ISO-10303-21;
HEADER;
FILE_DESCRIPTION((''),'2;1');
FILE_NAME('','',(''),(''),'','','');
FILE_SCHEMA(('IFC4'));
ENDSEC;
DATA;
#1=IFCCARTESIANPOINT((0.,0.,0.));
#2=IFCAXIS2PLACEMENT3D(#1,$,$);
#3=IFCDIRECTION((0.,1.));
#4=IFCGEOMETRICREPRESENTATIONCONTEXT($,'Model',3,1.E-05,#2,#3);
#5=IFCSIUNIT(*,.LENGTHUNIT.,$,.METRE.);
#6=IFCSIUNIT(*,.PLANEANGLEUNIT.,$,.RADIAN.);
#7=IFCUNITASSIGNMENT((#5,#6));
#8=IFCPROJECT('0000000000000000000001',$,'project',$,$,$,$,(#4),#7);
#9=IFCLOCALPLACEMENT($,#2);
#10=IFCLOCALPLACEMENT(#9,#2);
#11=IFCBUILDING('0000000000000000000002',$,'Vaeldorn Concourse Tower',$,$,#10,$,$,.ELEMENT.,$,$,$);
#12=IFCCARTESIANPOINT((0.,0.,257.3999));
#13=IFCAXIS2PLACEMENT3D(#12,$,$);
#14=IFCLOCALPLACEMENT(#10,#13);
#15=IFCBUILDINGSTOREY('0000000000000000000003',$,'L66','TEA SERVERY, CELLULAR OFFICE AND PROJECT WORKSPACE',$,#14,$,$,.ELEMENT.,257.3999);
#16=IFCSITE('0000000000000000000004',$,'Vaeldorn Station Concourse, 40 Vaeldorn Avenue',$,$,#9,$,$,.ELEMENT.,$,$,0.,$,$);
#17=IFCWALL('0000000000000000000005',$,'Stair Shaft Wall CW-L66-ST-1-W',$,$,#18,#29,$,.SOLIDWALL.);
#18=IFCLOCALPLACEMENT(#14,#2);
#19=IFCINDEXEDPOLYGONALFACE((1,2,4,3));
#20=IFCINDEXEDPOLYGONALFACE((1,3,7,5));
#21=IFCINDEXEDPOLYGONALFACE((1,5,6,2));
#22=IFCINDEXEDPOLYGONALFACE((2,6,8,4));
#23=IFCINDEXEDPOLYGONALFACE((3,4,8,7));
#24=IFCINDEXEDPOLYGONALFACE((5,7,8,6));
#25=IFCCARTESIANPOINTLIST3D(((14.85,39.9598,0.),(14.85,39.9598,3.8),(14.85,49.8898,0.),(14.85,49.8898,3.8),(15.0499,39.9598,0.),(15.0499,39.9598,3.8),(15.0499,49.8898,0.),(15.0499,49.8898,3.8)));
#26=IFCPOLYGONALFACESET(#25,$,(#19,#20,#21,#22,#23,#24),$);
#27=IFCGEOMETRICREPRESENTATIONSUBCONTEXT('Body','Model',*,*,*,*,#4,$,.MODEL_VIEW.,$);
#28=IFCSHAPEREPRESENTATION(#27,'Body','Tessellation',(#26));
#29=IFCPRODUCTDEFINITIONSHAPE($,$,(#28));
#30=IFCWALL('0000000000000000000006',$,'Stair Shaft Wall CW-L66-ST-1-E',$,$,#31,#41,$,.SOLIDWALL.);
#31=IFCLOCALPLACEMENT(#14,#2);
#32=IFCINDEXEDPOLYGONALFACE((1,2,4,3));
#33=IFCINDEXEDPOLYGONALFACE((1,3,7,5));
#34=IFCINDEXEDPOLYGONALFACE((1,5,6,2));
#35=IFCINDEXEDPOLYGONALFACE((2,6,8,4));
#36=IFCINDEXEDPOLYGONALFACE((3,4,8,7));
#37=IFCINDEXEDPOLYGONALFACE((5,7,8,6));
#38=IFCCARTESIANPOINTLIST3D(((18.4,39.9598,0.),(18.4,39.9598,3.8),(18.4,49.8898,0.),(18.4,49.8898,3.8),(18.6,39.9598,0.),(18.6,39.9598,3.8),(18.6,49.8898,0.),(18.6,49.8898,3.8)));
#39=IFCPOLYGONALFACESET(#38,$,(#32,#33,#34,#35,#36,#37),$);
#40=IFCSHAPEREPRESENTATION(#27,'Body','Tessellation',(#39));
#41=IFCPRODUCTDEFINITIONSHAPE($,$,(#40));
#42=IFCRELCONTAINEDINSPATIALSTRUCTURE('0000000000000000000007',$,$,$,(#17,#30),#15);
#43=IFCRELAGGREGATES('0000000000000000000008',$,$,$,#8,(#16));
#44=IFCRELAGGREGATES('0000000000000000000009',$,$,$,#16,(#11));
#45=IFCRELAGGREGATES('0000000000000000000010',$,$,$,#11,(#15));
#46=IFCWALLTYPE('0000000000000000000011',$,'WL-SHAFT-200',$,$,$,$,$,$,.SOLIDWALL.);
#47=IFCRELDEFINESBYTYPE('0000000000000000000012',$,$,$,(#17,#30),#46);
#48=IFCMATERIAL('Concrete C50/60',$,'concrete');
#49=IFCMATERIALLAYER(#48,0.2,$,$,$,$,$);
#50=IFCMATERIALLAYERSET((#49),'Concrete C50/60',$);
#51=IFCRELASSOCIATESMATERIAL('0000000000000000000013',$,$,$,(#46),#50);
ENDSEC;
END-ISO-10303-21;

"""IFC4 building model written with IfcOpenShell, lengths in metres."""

from ifc_helpers import new_model, si_unit, direction, frame, frame_2d, origin, place, context, subcontext, project, spatial, rectangle, extrude, material, layer, layer_set, type_object, element, save


model = new_model("IFC4")

# Units and contexts
model_context = context("Model", 3, precision=1e-05, world=origin(), true_north=direction((0.0, 1.0)))
body_context = subcontext(model_context, "Body", "Model", "MODEL_VIEW")
ifc_project = project(units=[si_unit("LENGTHUNIT", "METRE"), si_unit("PLANEANGLEUNIT", "RADIAN")], contexts=[model_context])

# Site, building, storey
site_placement = place(None, origin())
site = spatial("IfcSite", under=ifc_project, at=site_placement, Name="Vaeldorn Station Concourse, 40 Vaeldorn Avenue", CompositionType="ELEMENT", RefElevation=0.0)
building_placement = place(site_placement, origin())
building = spatial("IfcBuilding", under=site, at=building_placement, Name="Vaeldorn Concourse Tower", CompositionType="ELEMENT")
storey_placement = place(building_placement, frame((0.0, 0.0, 257.3999)))
storey = spatial("IfcBuildingStorey", under=building, at=storey_placement, Name="L66", Description="TEA SERVERY, CELLULAR OFFICE AND PROJECT WORKSPACE", CompositionType="ELEMENT", Elevation=257.3999)

# Shared definitions
ifc_material_1 = material(Name="Concrete C50/60", Category="concrete")

# Shared definitions
ifc_layer_1 = layer(ifc_material_1, 0.2)
ifc_layer_set_1 = layer_set([ifc_layer_1], Name="Concrete C50/60")
wall_type_1 = type_object("IfcWallType", Name="WL-SHAFT-200", PredefinedType="SOLIDWALL", material=ifc_layer_set_1)

# Walls
for number, where, z_axis, x_axis, name in (
    (1, (14.95, 39.96, 0.0), (0.0, 0.0, 1.0), (0.0, 1.0, 0.0), "Stair Shaft Wall CW-L66-ST-1-W"),
    (2, (18.5, 39.96, 0.0), (0.0, 0.0, 1.0), (0.0, 1.0, 0.0), "Stair Shaft Wall CW-L66-ST-1-E"),
):
    element("IfcWall", number, at=place(storey_placement, frame(where, z_axis=z_axis, x_axis=x_axis)), inside=storey, type_object=wall_type_1, Name=name, PredefinedType="SOLIDWALL", context=body_context, shape_type="SweptSolid", body=[
        extrude(rectangle(XDim=9.9299, YDim=0.2, at=frame_2d((4.9648, 0.0))), origin(), (0.0, 0.0, 1.0), 3.8),
    ])

save(model, "model.ifc")
